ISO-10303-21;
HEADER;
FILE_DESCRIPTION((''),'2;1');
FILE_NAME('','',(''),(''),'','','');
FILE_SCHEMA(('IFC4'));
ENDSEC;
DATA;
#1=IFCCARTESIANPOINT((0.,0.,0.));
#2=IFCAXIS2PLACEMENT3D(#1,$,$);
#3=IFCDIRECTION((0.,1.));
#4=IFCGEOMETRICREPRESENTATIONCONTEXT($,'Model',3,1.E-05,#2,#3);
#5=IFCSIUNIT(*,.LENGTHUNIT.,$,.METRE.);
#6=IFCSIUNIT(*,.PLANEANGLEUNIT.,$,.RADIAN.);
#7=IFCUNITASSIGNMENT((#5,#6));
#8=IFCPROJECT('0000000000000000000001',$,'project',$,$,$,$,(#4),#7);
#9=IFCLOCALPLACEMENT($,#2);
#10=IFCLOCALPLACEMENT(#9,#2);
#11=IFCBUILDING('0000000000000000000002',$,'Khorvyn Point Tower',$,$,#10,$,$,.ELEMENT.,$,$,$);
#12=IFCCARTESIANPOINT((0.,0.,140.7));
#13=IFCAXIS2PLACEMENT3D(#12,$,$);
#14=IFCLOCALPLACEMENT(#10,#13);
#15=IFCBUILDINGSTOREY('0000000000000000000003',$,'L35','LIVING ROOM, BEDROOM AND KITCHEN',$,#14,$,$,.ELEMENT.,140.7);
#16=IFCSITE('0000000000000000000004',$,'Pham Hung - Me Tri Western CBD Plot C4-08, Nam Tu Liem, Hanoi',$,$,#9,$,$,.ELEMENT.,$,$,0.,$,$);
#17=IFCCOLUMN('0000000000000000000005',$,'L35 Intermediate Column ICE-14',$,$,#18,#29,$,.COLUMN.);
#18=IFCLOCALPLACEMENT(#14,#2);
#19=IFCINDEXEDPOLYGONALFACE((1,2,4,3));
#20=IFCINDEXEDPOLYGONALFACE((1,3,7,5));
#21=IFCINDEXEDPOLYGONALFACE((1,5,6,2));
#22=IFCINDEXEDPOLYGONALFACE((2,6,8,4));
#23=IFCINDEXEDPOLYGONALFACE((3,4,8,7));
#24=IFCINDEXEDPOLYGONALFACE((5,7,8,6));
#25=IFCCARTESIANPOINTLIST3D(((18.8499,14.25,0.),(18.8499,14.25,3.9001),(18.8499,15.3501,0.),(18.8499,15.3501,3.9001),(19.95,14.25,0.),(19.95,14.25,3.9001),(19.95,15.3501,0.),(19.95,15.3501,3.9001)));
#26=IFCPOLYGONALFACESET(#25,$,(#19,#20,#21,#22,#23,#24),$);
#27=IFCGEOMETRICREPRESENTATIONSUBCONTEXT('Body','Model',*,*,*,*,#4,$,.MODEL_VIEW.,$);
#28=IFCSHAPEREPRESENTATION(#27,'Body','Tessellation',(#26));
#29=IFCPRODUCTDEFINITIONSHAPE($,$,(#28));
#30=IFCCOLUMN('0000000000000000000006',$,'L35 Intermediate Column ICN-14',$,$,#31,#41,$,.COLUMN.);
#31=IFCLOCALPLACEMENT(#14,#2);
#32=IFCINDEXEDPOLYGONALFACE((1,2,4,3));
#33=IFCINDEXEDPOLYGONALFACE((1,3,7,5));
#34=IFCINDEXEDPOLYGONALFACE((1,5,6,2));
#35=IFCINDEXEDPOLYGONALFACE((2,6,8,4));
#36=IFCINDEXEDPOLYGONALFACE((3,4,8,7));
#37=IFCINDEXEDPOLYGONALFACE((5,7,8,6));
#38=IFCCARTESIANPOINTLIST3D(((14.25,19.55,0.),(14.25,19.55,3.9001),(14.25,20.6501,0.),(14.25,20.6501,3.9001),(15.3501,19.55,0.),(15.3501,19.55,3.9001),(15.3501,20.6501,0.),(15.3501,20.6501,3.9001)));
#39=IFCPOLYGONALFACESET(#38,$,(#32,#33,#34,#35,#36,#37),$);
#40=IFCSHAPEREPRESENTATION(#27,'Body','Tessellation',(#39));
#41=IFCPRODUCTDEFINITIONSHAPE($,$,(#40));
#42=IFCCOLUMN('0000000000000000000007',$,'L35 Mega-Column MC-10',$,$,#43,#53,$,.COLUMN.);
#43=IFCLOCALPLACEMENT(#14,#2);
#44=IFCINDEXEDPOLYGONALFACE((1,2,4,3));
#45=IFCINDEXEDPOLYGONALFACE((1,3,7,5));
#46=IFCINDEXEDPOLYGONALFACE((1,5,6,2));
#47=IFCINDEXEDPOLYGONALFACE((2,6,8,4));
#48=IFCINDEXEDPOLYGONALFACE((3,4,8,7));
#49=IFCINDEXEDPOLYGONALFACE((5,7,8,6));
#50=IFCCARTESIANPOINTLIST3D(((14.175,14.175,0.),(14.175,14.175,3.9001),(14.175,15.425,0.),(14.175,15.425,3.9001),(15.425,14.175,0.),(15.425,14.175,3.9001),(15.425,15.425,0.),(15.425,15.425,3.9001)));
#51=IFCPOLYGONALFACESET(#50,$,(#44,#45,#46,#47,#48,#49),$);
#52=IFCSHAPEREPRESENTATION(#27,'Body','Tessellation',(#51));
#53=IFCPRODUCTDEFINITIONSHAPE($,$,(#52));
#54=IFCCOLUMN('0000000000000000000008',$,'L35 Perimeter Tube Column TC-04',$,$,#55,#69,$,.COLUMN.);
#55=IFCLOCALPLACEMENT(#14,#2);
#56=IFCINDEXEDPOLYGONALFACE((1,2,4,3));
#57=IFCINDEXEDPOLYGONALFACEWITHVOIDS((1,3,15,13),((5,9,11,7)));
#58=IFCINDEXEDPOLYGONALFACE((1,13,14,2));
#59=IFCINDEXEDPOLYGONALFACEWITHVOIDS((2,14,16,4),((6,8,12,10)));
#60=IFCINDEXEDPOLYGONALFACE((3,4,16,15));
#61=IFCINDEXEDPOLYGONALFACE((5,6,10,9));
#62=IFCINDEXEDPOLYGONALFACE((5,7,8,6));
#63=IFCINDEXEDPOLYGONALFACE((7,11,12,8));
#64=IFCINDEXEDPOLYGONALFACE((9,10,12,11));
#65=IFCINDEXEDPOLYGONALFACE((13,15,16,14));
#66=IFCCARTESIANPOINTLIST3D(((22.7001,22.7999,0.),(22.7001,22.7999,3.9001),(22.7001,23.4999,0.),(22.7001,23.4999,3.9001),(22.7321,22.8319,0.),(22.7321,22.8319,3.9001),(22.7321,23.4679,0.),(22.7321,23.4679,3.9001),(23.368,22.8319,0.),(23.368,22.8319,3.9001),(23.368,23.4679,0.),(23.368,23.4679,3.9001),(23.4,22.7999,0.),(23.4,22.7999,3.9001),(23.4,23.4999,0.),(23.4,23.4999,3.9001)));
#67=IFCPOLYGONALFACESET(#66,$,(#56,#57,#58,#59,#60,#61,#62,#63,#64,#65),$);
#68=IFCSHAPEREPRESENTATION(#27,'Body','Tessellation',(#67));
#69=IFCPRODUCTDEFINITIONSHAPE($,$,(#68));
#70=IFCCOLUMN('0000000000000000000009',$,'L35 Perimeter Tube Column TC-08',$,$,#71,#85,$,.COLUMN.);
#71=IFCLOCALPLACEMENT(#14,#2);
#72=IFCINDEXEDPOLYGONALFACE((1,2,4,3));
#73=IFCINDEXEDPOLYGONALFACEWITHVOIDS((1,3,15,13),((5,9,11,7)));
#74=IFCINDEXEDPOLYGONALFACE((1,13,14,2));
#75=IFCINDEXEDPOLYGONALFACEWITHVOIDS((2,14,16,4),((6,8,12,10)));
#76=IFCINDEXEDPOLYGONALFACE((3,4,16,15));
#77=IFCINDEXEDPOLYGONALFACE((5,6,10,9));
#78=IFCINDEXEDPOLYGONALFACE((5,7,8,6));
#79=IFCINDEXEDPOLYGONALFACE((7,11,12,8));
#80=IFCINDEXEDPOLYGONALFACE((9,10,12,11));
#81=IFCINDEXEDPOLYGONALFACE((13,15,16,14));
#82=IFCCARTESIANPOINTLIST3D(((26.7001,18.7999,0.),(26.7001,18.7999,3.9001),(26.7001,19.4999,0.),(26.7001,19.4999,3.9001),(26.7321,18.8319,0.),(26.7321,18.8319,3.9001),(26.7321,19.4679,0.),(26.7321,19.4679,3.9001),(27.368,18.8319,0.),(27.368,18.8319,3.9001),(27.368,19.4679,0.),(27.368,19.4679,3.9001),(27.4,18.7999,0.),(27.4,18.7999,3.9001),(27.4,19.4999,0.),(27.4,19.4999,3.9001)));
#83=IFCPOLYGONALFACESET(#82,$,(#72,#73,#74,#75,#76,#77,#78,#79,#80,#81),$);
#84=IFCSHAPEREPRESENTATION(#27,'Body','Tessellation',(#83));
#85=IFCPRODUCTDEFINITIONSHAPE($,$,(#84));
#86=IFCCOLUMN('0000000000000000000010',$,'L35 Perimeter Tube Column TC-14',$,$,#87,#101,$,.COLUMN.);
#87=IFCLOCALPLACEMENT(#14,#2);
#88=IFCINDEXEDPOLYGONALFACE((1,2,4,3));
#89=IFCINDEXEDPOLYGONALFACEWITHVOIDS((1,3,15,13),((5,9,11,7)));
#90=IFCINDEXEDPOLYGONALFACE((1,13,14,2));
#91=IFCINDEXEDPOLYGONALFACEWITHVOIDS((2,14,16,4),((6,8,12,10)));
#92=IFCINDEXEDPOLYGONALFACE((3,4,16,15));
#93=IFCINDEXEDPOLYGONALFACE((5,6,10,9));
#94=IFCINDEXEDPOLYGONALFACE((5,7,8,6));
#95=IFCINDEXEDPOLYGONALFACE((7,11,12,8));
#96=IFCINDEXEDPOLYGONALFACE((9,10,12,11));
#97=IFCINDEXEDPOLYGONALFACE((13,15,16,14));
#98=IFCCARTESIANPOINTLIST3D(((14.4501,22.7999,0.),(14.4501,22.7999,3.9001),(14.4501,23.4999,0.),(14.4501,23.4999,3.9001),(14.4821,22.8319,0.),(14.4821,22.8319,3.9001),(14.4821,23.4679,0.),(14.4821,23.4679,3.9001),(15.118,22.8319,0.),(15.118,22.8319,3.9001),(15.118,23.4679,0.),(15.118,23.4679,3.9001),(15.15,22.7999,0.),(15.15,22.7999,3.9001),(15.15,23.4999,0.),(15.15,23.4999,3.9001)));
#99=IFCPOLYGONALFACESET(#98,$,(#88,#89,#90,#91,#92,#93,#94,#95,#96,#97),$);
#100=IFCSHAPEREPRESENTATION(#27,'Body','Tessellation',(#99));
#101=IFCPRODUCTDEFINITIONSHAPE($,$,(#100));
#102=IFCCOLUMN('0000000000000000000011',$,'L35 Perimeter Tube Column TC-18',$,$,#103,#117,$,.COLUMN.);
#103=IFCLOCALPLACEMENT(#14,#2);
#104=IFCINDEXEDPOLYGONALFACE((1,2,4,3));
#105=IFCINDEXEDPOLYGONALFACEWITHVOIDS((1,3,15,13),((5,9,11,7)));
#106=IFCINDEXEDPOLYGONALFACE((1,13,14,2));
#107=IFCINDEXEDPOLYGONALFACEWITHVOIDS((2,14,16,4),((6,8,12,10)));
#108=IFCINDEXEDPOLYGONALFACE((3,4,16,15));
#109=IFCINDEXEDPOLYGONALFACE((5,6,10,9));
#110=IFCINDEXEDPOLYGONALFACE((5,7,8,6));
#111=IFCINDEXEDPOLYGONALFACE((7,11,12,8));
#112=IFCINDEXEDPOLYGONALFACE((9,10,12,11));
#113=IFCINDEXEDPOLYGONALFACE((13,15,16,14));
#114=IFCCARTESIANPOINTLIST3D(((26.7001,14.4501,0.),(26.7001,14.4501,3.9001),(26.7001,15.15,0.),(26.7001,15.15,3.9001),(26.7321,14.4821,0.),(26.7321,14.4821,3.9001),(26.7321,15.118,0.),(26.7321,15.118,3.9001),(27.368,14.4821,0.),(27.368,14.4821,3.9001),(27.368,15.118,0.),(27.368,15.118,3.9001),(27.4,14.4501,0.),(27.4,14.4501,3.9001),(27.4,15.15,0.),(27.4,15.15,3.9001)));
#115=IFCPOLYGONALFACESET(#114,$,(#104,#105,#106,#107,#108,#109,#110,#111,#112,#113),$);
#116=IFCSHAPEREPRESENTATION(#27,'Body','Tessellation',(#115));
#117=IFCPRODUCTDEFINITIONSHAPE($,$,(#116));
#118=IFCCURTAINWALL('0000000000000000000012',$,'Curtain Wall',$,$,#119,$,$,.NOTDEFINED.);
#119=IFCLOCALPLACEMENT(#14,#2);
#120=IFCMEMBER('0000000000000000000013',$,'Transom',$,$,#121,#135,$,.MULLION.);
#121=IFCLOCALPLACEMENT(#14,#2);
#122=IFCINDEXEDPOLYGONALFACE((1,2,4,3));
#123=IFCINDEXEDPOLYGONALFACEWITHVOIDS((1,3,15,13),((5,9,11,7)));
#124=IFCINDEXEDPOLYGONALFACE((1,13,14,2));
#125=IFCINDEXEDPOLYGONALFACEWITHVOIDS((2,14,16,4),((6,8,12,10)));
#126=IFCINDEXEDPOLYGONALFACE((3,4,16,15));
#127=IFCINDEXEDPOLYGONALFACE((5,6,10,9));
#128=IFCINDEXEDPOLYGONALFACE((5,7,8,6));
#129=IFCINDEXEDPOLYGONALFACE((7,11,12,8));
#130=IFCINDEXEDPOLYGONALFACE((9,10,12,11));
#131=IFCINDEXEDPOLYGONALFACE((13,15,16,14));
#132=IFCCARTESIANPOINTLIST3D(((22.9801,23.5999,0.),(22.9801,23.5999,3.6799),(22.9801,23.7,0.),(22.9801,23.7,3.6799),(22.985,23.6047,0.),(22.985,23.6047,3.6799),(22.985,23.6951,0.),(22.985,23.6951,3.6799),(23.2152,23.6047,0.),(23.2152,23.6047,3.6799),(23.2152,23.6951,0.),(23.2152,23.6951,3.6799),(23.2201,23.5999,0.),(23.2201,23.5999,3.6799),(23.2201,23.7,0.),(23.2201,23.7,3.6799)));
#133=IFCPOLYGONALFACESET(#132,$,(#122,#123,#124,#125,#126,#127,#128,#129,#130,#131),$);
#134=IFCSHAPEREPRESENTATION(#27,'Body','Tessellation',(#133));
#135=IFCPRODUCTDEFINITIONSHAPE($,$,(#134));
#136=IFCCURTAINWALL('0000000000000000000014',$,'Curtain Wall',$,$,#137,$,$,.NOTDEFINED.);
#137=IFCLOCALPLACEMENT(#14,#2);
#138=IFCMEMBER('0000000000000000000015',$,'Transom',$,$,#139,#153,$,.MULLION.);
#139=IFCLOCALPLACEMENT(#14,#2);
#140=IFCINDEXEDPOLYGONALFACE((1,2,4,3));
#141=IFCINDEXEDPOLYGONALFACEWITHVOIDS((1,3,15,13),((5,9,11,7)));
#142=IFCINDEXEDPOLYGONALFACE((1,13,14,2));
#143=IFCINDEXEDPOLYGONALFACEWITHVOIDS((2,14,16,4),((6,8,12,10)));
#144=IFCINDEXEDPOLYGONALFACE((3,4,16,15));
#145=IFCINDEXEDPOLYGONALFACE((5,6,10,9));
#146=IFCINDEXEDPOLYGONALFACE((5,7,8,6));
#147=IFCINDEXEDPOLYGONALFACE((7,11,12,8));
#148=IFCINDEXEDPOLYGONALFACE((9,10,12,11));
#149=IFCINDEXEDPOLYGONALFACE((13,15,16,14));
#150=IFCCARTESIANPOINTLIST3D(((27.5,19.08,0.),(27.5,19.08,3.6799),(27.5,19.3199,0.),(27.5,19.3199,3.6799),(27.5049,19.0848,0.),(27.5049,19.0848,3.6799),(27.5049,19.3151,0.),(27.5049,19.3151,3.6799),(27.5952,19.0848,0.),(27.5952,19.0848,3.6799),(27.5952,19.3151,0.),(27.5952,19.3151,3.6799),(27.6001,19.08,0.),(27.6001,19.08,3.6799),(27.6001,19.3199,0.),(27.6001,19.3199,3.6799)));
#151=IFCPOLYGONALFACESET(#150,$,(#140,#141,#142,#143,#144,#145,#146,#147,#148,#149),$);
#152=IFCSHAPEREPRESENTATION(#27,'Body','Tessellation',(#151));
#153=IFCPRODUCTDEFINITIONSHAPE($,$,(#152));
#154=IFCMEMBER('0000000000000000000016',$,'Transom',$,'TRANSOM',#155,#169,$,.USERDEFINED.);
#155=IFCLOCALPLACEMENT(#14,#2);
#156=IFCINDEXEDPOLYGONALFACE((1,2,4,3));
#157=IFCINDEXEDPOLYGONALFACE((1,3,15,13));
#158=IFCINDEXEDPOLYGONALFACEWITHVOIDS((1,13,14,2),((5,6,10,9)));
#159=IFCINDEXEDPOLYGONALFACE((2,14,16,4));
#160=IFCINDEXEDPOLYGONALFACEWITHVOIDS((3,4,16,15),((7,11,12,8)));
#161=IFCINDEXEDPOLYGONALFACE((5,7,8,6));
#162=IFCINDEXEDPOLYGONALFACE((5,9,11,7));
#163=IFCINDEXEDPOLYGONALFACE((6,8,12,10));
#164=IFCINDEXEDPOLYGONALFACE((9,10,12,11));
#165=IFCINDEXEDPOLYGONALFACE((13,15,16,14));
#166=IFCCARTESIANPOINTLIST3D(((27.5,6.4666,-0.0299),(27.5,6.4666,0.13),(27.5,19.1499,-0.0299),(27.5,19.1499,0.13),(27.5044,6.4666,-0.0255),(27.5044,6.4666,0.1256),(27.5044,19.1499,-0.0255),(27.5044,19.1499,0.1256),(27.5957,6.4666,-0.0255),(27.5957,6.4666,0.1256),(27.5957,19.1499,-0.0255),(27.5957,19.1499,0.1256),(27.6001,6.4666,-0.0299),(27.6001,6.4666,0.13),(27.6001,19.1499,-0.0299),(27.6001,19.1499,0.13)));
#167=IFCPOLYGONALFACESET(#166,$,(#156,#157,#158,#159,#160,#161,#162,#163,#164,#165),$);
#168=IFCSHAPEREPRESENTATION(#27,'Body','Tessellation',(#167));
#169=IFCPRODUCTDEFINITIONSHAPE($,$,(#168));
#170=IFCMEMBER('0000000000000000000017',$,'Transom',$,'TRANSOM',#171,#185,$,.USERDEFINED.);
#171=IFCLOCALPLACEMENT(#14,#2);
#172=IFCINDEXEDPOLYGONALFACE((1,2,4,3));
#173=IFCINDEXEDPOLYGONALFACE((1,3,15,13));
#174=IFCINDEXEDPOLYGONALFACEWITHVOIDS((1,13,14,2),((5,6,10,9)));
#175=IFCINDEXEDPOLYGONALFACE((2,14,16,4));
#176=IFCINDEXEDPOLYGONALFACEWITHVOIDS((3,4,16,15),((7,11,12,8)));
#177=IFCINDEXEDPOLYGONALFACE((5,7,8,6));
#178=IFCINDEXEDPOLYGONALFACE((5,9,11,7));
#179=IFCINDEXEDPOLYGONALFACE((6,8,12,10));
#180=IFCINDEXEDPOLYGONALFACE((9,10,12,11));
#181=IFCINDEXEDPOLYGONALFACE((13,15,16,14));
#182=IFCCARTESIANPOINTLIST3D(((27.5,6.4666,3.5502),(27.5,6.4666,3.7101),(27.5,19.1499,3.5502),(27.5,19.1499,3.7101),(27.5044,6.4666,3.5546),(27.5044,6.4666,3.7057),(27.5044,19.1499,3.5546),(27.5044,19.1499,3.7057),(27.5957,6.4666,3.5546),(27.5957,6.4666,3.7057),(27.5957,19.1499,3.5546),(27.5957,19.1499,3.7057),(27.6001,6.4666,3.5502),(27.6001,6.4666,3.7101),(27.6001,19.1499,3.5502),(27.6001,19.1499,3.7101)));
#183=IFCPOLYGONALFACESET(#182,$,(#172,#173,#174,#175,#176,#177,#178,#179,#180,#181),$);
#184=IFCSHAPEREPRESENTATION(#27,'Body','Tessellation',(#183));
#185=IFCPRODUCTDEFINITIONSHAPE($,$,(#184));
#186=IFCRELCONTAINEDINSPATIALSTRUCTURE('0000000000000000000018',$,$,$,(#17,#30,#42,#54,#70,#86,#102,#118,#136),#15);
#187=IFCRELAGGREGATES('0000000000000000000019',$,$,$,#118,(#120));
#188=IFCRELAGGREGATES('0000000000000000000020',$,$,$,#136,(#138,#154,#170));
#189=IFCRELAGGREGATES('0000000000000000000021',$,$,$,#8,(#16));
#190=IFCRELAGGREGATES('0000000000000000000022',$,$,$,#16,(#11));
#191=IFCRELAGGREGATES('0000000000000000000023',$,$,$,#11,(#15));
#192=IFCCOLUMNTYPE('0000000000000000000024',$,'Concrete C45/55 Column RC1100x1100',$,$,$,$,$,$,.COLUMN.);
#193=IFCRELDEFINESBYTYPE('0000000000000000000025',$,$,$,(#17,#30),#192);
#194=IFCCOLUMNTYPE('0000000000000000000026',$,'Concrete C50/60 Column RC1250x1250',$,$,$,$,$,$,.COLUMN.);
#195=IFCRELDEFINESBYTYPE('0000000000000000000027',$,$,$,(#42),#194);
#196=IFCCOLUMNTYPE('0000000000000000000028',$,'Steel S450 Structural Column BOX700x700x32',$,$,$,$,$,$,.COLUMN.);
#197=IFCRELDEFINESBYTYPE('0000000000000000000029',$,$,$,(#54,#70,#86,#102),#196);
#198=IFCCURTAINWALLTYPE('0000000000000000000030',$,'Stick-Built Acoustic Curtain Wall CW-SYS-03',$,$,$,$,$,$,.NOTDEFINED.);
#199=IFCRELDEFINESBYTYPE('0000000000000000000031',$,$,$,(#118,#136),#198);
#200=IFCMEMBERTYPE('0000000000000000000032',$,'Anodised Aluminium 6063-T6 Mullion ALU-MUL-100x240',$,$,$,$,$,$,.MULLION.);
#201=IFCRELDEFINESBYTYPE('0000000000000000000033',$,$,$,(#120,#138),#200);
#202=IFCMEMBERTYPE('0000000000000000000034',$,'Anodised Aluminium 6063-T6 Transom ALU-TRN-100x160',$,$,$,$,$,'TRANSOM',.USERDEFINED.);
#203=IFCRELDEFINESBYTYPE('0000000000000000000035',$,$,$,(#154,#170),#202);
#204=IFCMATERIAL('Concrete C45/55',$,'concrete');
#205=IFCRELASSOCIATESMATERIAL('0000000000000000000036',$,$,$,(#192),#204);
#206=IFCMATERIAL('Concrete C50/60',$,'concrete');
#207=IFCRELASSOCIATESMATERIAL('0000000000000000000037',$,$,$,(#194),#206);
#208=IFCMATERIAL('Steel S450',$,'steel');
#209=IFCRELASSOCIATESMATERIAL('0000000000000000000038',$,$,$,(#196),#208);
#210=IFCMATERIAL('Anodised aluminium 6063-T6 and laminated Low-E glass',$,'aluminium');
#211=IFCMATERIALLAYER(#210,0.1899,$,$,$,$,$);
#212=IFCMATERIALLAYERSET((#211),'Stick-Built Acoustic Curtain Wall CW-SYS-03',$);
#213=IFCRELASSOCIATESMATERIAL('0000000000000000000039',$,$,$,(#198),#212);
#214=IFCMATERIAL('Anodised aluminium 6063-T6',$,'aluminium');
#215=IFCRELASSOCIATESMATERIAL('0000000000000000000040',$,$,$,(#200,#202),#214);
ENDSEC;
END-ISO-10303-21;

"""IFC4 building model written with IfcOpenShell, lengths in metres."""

from ifc_helpers import new_model, si_unit, direction, frame, origin, origin_2d, place, context, subcontext, project, spatial, rectangle, hollow_rectangle, extrude, material, layer, layer_set, material_profile, profile_set, type_object, element, aggregate, save


model = new_model("IFC4")

# Units and contexts
model_context = context("Model", 3, precision=1e-05, world=origin(), true_north=direction((0.0, 1.0)))
body_context = subcontext(model_context, "Body", "Model", "MODEL_VIEW")
ifc_project = project(units=[si_unit("LENGTHUNIT", "METRE"), si_unit("PLANEANGLEUNIT", "RADIAN")], contexts=[model_context])

# Site, building, storey
site_placement = place(None, origin())
site = spatial("IfcSite", under=ifc_project, at=site_placement, Name="Pham Hung - Me Tri Western CBD Plot C4-08, Nam Tu Liem, Hanoi", CompositionType="ELEMENT", RefElevation=0.0)
building_placement = place(site_placement, origin())
building = spatial("IfcBuilding", under=site, at=building_placement, Name="Khorvyn Point Tower", CompositionType="ELEMENT")
storey_placement = place(building_placement, frame((0.0, 0.0, 140.7)))
storey = spatial("IfcBuildingStorey", under=building, at=storey_placement, Name="L35", Description="LIVING ROOM, BEDROOM AND KITCHEN", CompositionType="ELEMENT", Elevation=140.7)

# Columns
ifc_material_1 = material(Name="Concrete C45/55", Category="concrete")
ifc_material_profile_1 = material_profile(ifc_material_1, rectangle(XDim=1.1001, YDim=1.1001, at=origin_2d()))
ifc_profile_set_1 = profile_set([ifc_material_profile_1], Name="Concrete C45/55 RC1100x1100")
column_type_1 = type_object("IfcColumnType", Name="Concrete C45/55 Column RC1100x1100", PredefinedType="COLUMN", material=ifc_profile_set_1)
for number, where, z_axis, x_axis, name in (
    (1, (19.3999, 14.8, 0.0), (0.0, 0.0, 1.0), (1.0, 0.0, 0.0), "L35 Intermediate Column ICE-14"),
    (2, (14.8, 20.1001, 0.0), (0.0, 0.0, 1.0), (1.0, 0.0, 0.0), "L35 Intermediate Column ICN-14"),
):
    element("IfcColumn", number, at=place(storey_placement, frame(where, z_axis=z_axis, x_axis=x_axis)), inside=storey, type_object=column_type_1, Name=name, PredefinedType="COLUMN", context=body_context, shape_type="SweptSolid", body=[
        extrude(rectangle(XDim=1.1001, YDim=1.1001, at=origin_2d()), origin(), (0.0, 0.0, 1.0), 3.9001),
    ])
ifc_material_2 = material(Name="Concrete C50/60", Category="concrete")
ifc_material_profile_2 = material_profile(ifc_material_2, rectangle(XDim=1.25, YDim=1.25, at=origin_2d()))
ifc_profile_set_2 = profile_set([ifc_material_profile_2], Name="Concrete C50/60 RC1250x1250")
column_type_2 = type_object("IfcColumnType", Name="Concrete C50/60 Column RC1250x1250", PredefinedType="COLUMN", material=ifc_profile_set_2)
column_placement = place(storey_placement, frame((14.8, 14.8, 0.0), z_axis=(0.0, 0.0, 1.0), x_axis=(1.0, 0.0, 0.0)))
element("IfcColumn", 3, at=column_placement, inside=storey, type_object=column_type_2, Name="L35 Mega-Column MC-10", PredefinedType="COLUMN", context=body_context, shape_type="SweptSolid", body=[
    extrude(rectangle(XDim=1.25, YDim=1.25, at=origin_2d()), origin(), (0.0, 0.0, 1.0), 3.9001),
])
ifc_material_3 = material(Name="Steel S450", Category="steel")
ifc_material_profile_3 = material_profile(ifc_material_3, hollow_rectangle(XDim=0.7, YDim=0.7, WallThickness=0.032, at=origin_2d()))
ifc_profile_set_3 = profile_set([ifc_material_profile_3], Name="Steel S450 BOX700x700x32")
column_type_3 = type_object("IfcColumnType", Name="Steel S450 Structural Column BOX700x700x32", PredefinedType="COLUMN", material=ifc_profile_set_3)
for number, where, z_axis, x_axis, name in (
    (4, (23.05, 23.1499, 0.0), (0.0, 0.0, 1.0), (1.0, 0.0, 0.0), "L35 Perimeter Tube Column TC-04"),
    (5, (27.05, 19.1499, 0.0), (0.0, 0.0, 1.0), (1.0, 0.0, 0.0), "L35 Perimeter Tube Column TC-08"),
    (6, (14.8, 23.1499, 0.0), (0.0, 0.0, 1.0), (1.0, 0.0, 0.0), "L35 Perimeter Tube Column TC-14"),
    (7, (27.05, 14.8, 0.0), (0.0, 0.0, 1.0), (1.0, 0.0, 0.0), "L35 Perimeter Tube Column TC-18"),
):
    element("IfcColumn", number, at=place(storey_placement, frame(where, z_axis=z_axis, x_axis=x_axis)), inside=storey, type_object=column_type_3, Name=name, PredefinedType="COLUMN", context=body_context, shape_type="SweptSolid", body=[
        extrude(hollow_rectangle(XDim=0.7, YDim=0.7, WallThickness=0.032, at=origin_2d()), origin(), (0.0, 0.0, 1.0), 3.9001),
    ])

# Curtain wall, member
ifc_material_4 = material(Name="Anodised aluminium 6063-T6 and laminated Low-E glass", Category="aluminium")
ifc_layer_1 = layer(ifc_material_4, 0.1899)
ifc_layer_set_1 = layer_set([ifc_layer_1], Name="Stick-Built Acoustic Curtain Wall CW-SYS-03")
curtain_wall_type = type_object("IfcCurtainWallType", Name="Stick-Built Acoustic Curtain Wall CW-SYS-03", PredefinedType="NOTDEFINED", material=ifc_layer_set_1)
curtain_wall_1_placement = place(storey_placement, origin())
curtain_wall_1 = element("IfcCurtainWall", 8, at=curtain_wall_1_placement, inside=storey, type_object=curtain_wall_type, Name="Curtain Wall", PredefinedType="NOTDEFINED")
ifc_material_5 = material(Name="Anodised aluminium 6063-T6", Category="aluminium")
ifc_material_profile_4 = material_profile(ifc_material_5, hollow_rectangle(XDim=0.1001, YDim=0.24, WallThickness=0.0049, at=origin_2d()))
ifc_profile_set_4 = profile_set([ifc_material_profile_4], Name="Anodised aluminium 6063-T6 ALU-MUL-100x240")
member_type_1 = type_object("IfcMemberType", Name="Anodised Aluminium 6063-T6 Mullion ALU-MUL-100x240", PredefinedType="MULLION", material=ifc_profile_set_4)
member_1_placement = place(storey_placement, frame((23.1001, 23.6499, 0.0), z_axis=(0.0, 0.0, 1.0), x_axis=(0.0, 1.0, 0.0)))
member_1 = element("IfcMember", 9, at=member_1_placement, type_object=member_type_1, Name="Transom", PredefinedType="MULLION", context=body_context, shape_type="SweptSolid", body=[
    extrude(hollow_rectangle(XDim=0.1001, YDim=0.24, WallThickness=0.0049, at=origin_2d()), origin(), (0.0, 0.0, 1.0), 3.6799),
])

# Curtain wall, members
curtain_wall_2_placement = place(storey_placement, origin())
curtain_wall_2 = element("IfcCurtainWall", 10, at=curtain_wall_2_placement, inside=storey, type_object=curtain_wall_type, Name="Curtain Wall", PredefinedType="NOTDEFINED")
member_2_placement = place(storey_placement, frame((27.55, 19.2, 0.0), z_axis=(0.0, 0.0, 1.0), x_axis=(1.0, 0.0, 0.0)))
member_2 = element("IfcMember", 11, at=member_2_placement, type_object=member_type_1, Name="Transom", PredefinedType="MULLION", context=body_context, shape_type="SweptSolid", body=[
    extrude(hollow_rectangle(XDim=0.1001, YDim=0.24, WallThickness=0.0049, at=origin_2d()), origin(), (0.0, 0.0, 1.0), 3.6799),
])
ifc_material_profile_5 = material_profile(ifc_material_5, hollow_rectangle(XDim=0.1001, YDim=0.1599, WallThickness=0.0044, at=origin_2d()))
ifc_profile_set_5 = profile_set([ifc_material_profile_5], Name="Anodised aluminium 6063-T6 ALU-TRN-100x160")
member_type_2 = type_object("IfcMemberType", Name="Anodised Aluminium 6063-T6 Transom ALU-TRN-100x160", ElementType="TRANSOM", PredefinedType="USERDEFINED", material=ifc_profile_set_5)
member_3_placement = place(storey_placement, frame((27.55, 19.1499, 0.05), z_axis=(0.0, -1.0, 0.0), x_axis=(1.0, 0.0, 0.0)))
member_3 = element("IfcMember", 12, at=member_3_placement, type_object=member_type_2, Name="Transom", ObjectType="TRANSOM", PredefinedType="USERDEFINED", context=body_context, shape_type="SweptSolid", body=[
    extrude(hollow_rectangle(XDim=0.1001, YDim=0.1599, WallThickness=0.0044, at=origin_2d()), origin(), (0.0, 0.0, 1.0), 12.6833),
])
member_4_placement = place(storey_placement, frame((27.55, 19.1499, 3.6301), z_axis=(0.0, -1.0, 0.0), x_axis=(1.0, 0.0, 0.0)))
member_4 = element("IfcMember", 13, at=member_4_placement, type_object=member_type_2, Name="Transom", ObjectType="TRANSOM", PredefinedType="USERDEFINED", context=body_context, shape_type="SweptSolid", body=[
    extrude(hollow_rectangle(XDim=0.1001, YDim=0.1599, WallThickness=0.0044, at=origin_2d()), origin(), (0.0, 0.0, 1.0), 12.6833),
])

aggregate(curtain_wall_1, [member_1])
aggregate(curtain_wall_2, [member_2, member_3, member_4])

save(model, "model.ifc")
